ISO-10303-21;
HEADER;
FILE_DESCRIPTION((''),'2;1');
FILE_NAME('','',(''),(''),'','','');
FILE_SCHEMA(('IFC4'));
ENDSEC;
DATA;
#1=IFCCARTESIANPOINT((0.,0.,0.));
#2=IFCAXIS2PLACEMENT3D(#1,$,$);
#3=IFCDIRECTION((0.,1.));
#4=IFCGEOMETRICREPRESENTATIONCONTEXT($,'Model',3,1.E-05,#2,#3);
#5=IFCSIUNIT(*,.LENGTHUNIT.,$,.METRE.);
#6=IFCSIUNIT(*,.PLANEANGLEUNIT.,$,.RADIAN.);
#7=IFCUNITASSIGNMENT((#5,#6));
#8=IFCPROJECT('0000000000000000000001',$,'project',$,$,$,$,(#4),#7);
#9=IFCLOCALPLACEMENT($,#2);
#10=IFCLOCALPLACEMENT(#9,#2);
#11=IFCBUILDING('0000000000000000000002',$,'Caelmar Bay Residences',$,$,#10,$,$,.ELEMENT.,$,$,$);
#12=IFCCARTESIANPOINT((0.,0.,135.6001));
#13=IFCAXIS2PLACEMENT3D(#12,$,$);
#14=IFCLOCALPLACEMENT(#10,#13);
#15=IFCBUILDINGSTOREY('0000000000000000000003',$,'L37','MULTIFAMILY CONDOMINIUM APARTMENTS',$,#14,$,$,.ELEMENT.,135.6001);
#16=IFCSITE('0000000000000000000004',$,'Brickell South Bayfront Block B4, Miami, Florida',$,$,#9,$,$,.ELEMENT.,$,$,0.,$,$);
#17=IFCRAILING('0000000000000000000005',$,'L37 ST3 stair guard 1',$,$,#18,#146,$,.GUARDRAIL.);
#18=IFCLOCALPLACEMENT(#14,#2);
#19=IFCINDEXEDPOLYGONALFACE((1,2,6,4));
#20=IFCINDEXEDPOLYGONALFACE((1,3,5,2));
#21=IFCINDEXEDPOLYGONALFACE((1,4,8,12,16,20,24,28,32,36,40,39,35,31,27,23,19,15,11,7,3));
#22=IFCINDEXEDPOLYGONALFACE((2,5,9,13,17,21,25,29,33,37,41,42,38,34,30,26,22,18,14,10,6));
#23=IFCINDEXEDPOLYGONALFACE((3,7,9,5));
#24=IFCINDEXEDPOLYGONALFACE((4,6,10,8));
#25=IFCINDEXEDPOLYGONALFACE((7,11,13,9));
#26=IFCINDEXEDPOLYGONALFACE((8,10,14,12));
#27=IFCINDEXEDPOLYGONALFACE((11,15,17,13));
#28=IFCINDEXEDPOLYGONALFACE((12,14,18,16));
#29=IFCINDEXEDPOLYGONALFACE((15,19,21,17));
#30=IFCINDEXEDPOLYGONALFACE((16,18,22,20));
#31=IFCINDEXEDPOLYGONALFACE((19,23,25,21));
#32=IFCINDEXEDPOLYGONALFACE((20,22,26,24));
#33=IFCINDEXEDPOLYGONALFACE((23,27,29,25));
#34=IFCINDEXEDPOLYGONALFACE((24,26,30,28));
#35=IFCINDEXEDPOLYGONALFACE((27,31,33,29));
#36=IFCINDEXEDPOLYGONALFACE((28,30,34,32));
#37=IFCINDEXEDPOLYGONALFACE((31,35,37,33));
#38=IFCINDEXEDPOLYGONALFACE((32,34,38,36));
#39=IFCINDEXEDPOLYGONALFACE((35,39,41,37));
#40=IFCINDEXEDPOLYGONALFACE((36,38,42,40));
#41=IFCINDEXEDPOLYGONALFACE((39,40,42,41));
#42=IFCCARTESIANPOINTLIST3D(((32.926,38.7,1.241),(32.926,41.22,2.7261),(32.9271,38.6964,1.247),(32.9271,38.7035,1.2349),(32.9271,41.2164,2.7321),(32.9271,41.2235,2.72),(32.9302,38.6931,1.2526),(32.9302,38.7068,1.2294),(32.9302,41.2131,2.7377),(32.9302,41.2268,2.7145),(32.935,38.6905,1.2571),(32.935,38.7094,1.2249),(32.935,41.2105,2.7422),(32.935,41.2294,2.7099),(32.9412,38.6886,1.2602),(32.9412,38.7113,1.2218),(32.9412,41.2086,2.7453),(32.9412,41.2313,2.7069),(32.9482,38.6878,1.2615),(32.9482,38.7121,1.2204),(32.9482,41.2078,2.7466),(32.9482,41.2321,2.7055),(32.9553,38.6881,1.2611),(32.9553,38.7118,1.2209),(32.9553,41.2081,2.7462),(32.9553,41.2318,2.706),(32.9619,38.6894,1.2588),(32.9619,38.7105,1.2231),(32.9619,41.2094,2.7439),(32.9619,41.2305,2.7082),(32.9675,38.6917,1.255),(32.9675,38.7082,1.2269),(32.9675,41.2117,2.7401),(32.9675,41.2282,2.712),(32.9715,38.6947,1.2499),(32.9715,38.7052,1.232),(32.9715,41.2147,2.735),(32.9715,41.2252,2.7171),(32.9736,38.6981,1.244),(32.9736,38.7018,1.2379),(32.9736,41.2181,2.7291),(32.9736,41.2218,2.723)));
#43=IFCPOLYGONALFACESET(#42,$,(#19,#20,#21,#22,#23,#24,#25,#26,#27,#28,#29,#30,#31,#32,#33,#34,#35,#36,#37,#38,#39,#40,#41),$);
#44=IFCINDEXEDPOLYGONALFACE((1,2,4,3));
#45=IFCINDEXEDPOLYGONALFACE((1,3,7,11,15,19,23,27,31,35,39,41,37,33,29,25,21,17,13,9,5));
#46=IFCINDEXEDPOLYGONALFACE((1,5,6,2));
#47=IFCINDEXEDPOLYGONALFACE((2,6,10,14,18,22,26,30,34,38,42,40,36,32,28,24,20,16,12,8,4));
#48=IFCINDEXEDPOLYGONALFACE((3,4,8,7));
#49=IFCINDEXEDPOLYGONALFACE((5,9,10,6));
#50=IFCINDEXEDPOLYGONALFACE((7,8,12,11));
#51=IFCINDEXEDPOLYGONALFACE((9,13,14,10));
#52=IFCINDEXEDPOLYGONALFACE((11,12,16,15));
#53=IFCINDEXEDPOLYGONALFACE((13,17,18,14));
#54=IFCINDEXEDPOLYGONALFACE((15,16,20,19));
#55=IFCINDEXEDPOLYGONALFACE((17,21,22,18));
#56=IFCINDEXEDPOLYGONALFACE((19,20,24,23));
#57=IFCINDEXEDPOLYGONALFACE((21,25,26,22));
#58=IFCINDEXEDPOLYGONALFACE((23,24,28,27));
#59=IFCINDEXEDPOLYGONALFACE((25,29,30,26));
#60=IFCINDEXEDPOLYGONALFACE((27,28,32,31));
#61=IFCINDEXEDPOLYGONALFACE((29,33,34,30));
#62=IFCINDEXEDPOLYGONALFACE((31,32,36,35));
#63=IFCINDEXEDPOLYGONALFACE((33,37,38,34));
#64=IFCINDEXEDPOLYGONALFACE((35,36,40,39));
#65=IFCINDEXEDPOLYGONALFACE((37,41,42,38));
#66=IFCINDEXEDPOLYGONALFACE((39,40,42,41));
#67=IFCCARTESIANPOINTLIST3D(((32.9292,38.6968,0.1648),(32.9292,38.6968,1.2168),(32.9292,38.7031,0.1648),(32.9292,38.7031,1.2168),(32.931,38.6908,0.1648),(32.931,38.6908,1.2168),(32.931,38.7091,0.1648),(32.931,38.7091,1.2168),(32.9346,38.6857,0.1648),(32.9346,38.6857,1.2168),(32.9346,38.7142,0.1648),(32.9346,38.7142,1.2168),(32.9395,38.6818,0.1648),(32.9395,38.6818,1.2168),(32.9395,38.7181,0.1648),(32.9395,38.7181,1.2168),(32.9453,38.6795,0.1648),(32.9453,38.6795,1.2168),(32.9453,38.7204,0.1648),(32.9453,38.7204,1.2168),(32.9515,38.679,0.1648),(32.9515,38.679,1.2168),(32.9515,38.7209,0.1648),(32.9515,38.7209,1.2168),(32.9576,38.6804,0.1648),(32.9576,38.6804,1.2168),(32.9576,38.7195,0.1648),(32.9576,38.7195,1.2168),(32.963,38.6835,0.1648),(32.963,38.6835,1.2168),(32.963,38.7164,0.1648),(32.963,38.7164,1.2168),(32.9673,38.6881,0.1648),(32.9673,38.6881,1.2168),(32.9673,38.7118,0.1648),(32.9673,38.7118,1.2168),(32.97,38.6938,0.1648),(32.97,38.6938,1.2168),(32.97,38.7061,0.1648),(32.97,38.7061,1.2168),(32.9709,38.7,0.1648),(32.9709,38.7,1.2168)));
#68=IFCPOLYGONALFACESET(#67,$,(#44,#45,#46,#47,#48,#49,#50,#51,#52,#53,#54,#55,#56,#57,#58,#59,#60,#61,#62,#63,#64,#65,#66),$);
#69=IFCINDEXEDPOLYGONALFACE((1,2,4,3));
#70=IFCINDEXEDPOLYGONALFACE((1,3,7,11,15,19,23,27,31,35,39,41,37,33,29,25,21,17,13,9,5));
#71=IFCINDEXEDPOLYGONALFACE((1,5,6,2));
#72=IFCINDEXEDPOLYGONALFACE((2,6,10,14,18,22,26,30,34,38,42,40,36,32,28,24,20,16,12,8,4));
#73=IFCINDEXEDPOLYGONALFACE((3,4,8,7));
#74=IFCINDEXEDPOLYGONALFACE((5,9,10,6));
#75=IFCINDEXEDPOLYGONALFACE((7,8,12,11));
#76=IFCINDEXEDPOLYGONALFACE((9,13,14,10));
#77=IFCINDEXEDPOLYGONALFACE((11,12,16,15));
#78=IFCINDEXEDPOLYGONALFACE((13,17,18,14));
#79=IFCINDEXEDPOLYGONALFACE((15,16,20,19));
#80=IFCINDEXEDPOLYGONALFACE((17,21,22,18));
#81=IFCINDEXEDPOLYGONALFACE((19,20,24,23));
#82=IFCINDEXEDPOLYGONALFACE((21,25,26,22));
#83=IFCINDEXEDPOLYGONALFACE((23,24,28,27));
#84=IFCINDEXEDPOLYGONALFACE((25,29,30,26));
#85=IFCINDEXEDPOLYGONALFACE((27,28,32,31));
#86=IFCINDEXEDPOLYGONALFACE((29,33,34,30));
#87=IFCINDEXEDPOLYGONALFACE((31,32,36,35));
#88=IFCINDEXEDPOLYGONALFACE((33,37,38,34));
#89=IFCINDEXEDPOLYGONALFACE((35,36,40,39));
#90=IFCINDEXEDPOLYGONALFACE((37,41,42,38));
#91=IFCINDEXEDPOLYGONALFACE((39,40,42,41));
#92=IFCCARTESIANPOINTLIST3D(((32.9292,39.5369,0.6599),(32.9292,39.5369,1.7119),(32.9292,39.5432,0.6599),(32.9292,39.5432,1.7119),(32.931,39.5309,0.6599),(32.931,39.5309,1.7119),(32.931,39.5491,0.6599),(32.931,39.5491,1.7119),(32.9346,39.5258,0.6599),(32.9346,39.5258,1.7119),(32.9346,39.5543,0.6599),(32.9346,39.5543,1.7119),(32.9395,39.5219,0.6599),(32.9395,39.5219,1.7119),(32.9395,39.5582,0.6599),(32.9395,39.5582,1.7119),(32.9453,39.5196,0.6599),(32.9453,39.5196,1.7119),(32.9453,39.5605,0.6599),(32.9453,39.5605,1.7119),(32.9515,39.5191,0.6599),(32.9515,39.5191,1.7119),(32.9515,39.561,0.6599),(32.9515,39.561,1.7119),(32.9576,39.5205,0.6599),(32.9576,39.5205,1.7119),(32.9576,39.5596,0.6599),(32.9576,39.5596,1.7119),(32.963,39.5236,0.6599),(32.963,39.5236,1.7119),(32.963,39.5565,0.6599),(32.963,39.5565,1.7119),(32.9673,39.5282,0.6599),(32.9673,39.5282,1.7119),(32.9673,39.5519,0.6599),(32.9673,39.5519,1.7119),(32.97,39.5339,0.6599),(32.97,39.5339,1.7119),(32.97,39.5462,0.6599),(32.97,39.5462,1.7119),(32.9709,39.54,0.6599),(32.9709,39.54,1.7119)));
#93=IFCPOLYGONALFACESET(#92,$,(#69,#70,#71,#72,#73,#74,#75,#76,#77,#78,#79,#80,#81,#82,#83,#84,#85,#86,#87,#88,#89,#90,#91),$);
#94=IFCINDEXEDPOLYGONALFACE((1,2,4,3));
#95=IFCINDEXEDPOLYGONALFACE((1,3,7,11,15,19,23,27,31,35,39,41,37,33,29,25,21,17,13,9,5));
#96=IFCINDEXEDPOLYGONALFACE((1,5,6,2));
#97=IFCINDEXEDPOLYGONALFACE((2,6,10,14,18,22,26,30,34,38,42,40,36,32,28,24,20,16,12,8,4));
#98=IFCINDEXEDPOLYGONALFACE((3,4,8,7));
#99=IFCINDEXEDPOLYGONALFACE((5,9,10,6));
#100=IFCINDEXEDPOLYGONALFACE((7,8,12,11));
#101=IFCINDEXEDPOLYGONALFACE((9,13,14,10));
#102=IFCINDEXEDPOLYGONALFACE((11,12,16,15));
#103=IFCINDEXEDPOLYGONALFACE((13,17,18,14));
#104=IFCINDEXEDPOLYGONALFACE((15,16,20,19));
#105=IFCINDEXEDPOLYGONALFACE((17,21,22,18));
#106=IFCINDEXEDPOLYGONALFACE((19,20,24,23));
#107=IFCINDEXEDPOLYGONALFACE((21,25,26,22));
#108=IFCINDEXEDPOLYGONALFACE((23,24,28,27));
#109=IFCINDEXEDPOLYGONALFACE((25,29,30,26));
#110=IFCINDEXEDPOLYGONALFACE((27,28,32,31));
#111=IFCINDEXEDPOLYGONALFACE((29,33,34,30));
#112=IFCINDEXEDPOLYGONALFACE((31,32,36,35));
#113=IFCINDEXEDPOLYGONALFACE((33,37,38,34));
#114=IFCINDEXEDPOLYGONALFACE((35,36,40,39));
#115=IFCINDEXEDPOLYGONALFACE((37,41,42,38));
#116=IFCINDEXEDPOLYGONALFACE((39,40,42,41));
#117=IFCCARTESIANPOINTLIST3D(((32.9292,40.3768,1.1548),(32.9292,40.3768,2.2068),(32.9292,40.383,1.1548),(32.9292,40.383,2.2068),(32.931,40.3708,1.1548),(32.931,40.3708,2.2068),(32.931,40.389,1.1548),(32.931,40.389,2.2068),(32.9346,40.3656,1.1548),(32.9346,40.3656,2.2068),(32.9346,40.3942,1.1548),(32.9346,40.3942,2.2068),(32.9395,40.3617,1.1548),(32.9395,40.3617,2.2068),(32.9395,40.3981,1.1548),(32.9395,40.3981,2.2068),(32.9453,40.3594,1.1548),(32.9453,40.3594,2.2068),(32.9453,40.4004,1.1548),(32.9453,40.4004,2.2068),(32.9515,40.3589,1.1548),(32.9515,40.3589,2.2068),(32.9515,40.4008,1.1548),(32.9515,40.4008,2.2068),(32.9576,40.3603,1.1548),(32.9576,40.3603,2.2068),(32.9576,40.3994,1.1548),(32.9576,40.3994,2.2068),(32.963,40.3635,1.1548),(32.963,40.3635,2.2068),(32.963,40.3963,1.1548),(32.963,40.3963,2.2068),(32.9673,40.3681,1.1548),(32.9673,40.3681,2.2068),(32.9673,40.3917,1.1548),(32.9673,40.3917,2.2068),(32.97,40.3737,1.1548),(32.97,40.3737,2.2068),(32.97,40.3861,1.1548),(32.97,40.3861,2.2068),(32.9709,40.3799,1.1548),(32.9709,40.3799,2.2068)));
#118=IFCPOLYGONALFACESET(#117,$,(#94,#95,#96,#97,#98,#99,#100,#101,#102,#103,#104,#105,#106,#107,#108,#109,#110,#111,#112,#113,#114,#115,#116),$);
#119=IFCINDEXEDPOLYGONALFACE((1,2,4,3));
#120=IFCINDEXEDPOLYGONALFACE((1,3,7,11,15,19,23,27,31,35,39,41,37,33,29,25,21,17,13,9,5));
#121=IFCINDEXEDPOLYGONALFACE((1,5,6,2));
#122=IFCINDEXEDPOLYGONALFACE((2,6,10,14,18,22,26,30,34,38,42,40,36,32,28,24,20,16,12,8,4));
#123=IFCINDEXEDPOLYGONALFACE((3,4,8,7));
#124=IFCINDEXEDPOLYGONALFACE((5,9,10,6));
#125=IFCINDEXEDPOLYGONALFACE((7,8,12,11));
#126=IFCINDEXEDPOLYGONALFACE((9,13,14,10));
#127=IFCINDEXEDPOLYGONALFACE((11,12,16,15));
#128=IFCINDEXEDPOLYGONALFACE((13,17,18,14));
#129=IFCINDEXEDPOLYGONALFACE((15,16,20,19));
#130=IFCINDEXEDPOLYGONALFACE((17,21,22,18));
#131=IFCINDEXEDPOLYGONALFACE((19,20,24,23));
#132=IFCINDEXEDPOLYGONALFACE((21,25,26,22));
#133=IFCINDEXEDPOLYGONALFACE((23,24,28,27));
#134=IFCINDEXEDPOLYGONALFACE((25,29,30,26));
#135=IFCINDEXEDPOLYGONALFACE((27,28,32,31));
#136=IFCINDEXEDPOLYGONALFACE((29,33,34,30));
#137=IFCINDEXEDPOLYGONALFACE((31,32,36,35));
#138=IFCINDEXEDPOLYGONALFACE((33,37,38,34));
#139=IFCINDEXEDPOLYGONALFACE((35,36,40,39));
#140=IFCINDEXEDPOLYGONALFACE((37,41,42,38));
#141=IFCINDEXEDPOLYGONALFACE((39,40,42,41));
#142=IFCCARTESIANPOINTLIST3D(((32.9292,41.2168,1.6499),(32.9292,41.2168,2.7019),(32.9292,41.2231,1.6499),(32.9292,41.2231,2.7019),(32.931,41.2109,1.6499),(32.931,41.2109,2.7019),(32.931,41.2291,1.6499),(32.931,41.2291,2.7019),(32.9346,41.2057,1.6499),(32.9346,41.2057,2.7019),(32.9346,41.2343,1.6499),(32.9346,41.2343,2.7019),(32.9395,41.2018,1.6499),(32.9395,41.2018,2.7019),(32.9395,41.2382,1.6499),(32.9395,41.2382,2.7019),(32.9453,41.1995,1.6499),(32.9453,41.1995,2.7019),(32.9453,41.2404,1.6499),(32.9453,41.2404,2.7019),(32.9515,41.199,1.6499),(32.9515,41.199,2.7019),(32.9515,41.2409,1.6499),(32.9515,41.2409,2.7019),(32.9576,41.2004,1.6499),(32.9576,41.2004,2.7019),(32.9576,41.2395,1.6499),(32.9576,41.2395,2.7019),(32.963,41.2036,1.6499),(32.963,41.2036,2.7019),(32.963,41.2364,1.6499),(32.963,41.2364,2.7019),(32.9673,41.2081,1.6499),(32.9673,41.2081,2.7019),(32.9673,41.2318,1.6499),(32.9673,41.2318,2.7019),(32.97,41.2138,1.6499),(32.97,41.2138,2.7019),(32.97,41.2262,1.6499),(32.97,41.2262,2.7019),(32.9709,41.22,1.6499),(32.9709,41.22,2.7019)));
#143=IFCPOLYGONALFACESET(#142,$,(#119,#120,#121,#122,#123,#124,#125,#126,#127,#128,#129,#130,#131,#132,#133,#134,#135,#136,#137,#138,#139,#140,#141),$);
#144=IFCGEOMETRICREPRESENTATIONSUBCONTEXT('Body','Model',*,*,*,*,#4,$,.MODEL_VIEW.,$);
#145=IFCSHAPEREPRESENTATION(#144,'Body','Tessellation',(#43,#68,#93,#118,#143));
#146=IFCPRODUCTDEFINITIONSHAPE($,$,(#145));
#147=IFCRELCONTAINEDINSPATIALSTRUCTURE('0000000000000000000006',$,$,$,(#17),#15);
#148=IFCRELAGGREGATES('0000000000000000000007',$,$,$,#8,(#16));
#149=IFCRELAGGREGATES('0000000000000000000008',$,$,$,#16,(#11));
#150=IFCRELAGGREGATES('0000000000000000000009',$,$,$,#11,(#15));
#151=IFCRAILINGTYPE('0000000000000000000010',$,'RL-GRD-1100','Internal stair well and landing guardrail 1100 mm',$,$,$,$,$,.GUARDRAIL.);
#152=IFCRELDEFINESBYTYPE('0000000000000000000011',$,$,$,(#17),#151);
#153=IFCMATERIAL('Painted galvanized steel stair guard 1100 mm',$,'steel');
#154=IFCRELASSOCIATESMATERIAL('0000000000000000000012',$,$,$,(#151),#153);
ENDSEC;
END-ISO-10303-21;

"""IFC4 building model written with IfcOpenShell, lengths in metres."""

from ifc_helpers import new_model, si_unit, direction, frame, origin, origin_2d, place, context, subcontext, project, spatial, circle, extrude, material, type_object, element, save


model = new_model("IFC4")

# Units and contexts
model_context = context("Model", 3, precision=1e-05, world=origin(), true_north=direction((0.0, 1.0)))
body_context = subcontext(model_context, "Body", "Model", "MODEL_VIEW")
ifc_project = project(units=[si_unit("LENGTHUNIT", "METRE"), si_unit("PLANEANGLEUNIT", "RADIAN")], contexts=[model_context])

# Site, building, storey
site_placement = place(None, origin())
site = spatial("IfcSite", under=ifc_project, at=site_placement, Name="Brickell South Bayfront Block B4, Miami, Florida", CompositionType="ELEMENT", RefElevation=0.0)
building_placement = place(site_placement, origin())
building = spatial("IfcBuilding", under=site, at=building_placement, Name="Caelmar Bay Residences", CompositionType="ELEMENT")
storey_placement = place(building_placement, frame((0.0, 0.0, 135.6001)))
storey = spatial("IfcBuildingStorey", under=building, at=storey_placement, Name="L37", Description="MULTIFAMILY CONDOMINIUM APARTMENTS", CompositionType="ELEMENT", Elevation=135.6001)

# Railing
ifc_material_1 = material(Name="Painted galvanized steel stair guard 1100 mm", Category="steel")
railing_type_1 = type_object("IfcRailingType", Name="RL-GRD-1100", Description="Internal stair well and landing guardrail 1100 mm", PredefinedType="GUARDRAIL", material=ifc_material_1)
railing_1_placement = place(storey_placement, frame((32.95, 38.7, 0.1648)))
element("IfcRailing", 1, at=railing_1_placement, inside=storey, type_object=railing_type_1, Name="L37 ST3 stair guard 1", PredefinedType="GUARDRAIL", context=body_context, shape_type="SweptSolid", body=[
    extrude(circle(Radius=0.0239, at=origin_2d()), frame((0.0, 0.0, 1.0762), z_axis=(0.0, 0.861524, 0.507717), x_axis=(-1.0, 0.0, 0.0)), (0.0, 0.0, 1.0), 2.925),
    extrude(circle(Radius=0.021, at=origin_2d()), origin(), (0.0, 0.0, 1.0), 1.052),
    extrude(circle(Radius=0.021, at=origin_2d()), frame((0.0, 0.8401, 0.4951)), (0.0, 0.0, 1.0), 1.052),
    extrude(circle(Radius=0.021, at=origin_2d()), frame((0.0, 1.6799, 0.99)), (0.0, 0.0, 1.0), 1.052),
    extrude(circle(Radius=0.021, at=origin_2d()), frame((0.0, 2.52, 1.4851)), (0.0, 0.0, 1.0), 1.052),
])

save(model, "model.ifc")
